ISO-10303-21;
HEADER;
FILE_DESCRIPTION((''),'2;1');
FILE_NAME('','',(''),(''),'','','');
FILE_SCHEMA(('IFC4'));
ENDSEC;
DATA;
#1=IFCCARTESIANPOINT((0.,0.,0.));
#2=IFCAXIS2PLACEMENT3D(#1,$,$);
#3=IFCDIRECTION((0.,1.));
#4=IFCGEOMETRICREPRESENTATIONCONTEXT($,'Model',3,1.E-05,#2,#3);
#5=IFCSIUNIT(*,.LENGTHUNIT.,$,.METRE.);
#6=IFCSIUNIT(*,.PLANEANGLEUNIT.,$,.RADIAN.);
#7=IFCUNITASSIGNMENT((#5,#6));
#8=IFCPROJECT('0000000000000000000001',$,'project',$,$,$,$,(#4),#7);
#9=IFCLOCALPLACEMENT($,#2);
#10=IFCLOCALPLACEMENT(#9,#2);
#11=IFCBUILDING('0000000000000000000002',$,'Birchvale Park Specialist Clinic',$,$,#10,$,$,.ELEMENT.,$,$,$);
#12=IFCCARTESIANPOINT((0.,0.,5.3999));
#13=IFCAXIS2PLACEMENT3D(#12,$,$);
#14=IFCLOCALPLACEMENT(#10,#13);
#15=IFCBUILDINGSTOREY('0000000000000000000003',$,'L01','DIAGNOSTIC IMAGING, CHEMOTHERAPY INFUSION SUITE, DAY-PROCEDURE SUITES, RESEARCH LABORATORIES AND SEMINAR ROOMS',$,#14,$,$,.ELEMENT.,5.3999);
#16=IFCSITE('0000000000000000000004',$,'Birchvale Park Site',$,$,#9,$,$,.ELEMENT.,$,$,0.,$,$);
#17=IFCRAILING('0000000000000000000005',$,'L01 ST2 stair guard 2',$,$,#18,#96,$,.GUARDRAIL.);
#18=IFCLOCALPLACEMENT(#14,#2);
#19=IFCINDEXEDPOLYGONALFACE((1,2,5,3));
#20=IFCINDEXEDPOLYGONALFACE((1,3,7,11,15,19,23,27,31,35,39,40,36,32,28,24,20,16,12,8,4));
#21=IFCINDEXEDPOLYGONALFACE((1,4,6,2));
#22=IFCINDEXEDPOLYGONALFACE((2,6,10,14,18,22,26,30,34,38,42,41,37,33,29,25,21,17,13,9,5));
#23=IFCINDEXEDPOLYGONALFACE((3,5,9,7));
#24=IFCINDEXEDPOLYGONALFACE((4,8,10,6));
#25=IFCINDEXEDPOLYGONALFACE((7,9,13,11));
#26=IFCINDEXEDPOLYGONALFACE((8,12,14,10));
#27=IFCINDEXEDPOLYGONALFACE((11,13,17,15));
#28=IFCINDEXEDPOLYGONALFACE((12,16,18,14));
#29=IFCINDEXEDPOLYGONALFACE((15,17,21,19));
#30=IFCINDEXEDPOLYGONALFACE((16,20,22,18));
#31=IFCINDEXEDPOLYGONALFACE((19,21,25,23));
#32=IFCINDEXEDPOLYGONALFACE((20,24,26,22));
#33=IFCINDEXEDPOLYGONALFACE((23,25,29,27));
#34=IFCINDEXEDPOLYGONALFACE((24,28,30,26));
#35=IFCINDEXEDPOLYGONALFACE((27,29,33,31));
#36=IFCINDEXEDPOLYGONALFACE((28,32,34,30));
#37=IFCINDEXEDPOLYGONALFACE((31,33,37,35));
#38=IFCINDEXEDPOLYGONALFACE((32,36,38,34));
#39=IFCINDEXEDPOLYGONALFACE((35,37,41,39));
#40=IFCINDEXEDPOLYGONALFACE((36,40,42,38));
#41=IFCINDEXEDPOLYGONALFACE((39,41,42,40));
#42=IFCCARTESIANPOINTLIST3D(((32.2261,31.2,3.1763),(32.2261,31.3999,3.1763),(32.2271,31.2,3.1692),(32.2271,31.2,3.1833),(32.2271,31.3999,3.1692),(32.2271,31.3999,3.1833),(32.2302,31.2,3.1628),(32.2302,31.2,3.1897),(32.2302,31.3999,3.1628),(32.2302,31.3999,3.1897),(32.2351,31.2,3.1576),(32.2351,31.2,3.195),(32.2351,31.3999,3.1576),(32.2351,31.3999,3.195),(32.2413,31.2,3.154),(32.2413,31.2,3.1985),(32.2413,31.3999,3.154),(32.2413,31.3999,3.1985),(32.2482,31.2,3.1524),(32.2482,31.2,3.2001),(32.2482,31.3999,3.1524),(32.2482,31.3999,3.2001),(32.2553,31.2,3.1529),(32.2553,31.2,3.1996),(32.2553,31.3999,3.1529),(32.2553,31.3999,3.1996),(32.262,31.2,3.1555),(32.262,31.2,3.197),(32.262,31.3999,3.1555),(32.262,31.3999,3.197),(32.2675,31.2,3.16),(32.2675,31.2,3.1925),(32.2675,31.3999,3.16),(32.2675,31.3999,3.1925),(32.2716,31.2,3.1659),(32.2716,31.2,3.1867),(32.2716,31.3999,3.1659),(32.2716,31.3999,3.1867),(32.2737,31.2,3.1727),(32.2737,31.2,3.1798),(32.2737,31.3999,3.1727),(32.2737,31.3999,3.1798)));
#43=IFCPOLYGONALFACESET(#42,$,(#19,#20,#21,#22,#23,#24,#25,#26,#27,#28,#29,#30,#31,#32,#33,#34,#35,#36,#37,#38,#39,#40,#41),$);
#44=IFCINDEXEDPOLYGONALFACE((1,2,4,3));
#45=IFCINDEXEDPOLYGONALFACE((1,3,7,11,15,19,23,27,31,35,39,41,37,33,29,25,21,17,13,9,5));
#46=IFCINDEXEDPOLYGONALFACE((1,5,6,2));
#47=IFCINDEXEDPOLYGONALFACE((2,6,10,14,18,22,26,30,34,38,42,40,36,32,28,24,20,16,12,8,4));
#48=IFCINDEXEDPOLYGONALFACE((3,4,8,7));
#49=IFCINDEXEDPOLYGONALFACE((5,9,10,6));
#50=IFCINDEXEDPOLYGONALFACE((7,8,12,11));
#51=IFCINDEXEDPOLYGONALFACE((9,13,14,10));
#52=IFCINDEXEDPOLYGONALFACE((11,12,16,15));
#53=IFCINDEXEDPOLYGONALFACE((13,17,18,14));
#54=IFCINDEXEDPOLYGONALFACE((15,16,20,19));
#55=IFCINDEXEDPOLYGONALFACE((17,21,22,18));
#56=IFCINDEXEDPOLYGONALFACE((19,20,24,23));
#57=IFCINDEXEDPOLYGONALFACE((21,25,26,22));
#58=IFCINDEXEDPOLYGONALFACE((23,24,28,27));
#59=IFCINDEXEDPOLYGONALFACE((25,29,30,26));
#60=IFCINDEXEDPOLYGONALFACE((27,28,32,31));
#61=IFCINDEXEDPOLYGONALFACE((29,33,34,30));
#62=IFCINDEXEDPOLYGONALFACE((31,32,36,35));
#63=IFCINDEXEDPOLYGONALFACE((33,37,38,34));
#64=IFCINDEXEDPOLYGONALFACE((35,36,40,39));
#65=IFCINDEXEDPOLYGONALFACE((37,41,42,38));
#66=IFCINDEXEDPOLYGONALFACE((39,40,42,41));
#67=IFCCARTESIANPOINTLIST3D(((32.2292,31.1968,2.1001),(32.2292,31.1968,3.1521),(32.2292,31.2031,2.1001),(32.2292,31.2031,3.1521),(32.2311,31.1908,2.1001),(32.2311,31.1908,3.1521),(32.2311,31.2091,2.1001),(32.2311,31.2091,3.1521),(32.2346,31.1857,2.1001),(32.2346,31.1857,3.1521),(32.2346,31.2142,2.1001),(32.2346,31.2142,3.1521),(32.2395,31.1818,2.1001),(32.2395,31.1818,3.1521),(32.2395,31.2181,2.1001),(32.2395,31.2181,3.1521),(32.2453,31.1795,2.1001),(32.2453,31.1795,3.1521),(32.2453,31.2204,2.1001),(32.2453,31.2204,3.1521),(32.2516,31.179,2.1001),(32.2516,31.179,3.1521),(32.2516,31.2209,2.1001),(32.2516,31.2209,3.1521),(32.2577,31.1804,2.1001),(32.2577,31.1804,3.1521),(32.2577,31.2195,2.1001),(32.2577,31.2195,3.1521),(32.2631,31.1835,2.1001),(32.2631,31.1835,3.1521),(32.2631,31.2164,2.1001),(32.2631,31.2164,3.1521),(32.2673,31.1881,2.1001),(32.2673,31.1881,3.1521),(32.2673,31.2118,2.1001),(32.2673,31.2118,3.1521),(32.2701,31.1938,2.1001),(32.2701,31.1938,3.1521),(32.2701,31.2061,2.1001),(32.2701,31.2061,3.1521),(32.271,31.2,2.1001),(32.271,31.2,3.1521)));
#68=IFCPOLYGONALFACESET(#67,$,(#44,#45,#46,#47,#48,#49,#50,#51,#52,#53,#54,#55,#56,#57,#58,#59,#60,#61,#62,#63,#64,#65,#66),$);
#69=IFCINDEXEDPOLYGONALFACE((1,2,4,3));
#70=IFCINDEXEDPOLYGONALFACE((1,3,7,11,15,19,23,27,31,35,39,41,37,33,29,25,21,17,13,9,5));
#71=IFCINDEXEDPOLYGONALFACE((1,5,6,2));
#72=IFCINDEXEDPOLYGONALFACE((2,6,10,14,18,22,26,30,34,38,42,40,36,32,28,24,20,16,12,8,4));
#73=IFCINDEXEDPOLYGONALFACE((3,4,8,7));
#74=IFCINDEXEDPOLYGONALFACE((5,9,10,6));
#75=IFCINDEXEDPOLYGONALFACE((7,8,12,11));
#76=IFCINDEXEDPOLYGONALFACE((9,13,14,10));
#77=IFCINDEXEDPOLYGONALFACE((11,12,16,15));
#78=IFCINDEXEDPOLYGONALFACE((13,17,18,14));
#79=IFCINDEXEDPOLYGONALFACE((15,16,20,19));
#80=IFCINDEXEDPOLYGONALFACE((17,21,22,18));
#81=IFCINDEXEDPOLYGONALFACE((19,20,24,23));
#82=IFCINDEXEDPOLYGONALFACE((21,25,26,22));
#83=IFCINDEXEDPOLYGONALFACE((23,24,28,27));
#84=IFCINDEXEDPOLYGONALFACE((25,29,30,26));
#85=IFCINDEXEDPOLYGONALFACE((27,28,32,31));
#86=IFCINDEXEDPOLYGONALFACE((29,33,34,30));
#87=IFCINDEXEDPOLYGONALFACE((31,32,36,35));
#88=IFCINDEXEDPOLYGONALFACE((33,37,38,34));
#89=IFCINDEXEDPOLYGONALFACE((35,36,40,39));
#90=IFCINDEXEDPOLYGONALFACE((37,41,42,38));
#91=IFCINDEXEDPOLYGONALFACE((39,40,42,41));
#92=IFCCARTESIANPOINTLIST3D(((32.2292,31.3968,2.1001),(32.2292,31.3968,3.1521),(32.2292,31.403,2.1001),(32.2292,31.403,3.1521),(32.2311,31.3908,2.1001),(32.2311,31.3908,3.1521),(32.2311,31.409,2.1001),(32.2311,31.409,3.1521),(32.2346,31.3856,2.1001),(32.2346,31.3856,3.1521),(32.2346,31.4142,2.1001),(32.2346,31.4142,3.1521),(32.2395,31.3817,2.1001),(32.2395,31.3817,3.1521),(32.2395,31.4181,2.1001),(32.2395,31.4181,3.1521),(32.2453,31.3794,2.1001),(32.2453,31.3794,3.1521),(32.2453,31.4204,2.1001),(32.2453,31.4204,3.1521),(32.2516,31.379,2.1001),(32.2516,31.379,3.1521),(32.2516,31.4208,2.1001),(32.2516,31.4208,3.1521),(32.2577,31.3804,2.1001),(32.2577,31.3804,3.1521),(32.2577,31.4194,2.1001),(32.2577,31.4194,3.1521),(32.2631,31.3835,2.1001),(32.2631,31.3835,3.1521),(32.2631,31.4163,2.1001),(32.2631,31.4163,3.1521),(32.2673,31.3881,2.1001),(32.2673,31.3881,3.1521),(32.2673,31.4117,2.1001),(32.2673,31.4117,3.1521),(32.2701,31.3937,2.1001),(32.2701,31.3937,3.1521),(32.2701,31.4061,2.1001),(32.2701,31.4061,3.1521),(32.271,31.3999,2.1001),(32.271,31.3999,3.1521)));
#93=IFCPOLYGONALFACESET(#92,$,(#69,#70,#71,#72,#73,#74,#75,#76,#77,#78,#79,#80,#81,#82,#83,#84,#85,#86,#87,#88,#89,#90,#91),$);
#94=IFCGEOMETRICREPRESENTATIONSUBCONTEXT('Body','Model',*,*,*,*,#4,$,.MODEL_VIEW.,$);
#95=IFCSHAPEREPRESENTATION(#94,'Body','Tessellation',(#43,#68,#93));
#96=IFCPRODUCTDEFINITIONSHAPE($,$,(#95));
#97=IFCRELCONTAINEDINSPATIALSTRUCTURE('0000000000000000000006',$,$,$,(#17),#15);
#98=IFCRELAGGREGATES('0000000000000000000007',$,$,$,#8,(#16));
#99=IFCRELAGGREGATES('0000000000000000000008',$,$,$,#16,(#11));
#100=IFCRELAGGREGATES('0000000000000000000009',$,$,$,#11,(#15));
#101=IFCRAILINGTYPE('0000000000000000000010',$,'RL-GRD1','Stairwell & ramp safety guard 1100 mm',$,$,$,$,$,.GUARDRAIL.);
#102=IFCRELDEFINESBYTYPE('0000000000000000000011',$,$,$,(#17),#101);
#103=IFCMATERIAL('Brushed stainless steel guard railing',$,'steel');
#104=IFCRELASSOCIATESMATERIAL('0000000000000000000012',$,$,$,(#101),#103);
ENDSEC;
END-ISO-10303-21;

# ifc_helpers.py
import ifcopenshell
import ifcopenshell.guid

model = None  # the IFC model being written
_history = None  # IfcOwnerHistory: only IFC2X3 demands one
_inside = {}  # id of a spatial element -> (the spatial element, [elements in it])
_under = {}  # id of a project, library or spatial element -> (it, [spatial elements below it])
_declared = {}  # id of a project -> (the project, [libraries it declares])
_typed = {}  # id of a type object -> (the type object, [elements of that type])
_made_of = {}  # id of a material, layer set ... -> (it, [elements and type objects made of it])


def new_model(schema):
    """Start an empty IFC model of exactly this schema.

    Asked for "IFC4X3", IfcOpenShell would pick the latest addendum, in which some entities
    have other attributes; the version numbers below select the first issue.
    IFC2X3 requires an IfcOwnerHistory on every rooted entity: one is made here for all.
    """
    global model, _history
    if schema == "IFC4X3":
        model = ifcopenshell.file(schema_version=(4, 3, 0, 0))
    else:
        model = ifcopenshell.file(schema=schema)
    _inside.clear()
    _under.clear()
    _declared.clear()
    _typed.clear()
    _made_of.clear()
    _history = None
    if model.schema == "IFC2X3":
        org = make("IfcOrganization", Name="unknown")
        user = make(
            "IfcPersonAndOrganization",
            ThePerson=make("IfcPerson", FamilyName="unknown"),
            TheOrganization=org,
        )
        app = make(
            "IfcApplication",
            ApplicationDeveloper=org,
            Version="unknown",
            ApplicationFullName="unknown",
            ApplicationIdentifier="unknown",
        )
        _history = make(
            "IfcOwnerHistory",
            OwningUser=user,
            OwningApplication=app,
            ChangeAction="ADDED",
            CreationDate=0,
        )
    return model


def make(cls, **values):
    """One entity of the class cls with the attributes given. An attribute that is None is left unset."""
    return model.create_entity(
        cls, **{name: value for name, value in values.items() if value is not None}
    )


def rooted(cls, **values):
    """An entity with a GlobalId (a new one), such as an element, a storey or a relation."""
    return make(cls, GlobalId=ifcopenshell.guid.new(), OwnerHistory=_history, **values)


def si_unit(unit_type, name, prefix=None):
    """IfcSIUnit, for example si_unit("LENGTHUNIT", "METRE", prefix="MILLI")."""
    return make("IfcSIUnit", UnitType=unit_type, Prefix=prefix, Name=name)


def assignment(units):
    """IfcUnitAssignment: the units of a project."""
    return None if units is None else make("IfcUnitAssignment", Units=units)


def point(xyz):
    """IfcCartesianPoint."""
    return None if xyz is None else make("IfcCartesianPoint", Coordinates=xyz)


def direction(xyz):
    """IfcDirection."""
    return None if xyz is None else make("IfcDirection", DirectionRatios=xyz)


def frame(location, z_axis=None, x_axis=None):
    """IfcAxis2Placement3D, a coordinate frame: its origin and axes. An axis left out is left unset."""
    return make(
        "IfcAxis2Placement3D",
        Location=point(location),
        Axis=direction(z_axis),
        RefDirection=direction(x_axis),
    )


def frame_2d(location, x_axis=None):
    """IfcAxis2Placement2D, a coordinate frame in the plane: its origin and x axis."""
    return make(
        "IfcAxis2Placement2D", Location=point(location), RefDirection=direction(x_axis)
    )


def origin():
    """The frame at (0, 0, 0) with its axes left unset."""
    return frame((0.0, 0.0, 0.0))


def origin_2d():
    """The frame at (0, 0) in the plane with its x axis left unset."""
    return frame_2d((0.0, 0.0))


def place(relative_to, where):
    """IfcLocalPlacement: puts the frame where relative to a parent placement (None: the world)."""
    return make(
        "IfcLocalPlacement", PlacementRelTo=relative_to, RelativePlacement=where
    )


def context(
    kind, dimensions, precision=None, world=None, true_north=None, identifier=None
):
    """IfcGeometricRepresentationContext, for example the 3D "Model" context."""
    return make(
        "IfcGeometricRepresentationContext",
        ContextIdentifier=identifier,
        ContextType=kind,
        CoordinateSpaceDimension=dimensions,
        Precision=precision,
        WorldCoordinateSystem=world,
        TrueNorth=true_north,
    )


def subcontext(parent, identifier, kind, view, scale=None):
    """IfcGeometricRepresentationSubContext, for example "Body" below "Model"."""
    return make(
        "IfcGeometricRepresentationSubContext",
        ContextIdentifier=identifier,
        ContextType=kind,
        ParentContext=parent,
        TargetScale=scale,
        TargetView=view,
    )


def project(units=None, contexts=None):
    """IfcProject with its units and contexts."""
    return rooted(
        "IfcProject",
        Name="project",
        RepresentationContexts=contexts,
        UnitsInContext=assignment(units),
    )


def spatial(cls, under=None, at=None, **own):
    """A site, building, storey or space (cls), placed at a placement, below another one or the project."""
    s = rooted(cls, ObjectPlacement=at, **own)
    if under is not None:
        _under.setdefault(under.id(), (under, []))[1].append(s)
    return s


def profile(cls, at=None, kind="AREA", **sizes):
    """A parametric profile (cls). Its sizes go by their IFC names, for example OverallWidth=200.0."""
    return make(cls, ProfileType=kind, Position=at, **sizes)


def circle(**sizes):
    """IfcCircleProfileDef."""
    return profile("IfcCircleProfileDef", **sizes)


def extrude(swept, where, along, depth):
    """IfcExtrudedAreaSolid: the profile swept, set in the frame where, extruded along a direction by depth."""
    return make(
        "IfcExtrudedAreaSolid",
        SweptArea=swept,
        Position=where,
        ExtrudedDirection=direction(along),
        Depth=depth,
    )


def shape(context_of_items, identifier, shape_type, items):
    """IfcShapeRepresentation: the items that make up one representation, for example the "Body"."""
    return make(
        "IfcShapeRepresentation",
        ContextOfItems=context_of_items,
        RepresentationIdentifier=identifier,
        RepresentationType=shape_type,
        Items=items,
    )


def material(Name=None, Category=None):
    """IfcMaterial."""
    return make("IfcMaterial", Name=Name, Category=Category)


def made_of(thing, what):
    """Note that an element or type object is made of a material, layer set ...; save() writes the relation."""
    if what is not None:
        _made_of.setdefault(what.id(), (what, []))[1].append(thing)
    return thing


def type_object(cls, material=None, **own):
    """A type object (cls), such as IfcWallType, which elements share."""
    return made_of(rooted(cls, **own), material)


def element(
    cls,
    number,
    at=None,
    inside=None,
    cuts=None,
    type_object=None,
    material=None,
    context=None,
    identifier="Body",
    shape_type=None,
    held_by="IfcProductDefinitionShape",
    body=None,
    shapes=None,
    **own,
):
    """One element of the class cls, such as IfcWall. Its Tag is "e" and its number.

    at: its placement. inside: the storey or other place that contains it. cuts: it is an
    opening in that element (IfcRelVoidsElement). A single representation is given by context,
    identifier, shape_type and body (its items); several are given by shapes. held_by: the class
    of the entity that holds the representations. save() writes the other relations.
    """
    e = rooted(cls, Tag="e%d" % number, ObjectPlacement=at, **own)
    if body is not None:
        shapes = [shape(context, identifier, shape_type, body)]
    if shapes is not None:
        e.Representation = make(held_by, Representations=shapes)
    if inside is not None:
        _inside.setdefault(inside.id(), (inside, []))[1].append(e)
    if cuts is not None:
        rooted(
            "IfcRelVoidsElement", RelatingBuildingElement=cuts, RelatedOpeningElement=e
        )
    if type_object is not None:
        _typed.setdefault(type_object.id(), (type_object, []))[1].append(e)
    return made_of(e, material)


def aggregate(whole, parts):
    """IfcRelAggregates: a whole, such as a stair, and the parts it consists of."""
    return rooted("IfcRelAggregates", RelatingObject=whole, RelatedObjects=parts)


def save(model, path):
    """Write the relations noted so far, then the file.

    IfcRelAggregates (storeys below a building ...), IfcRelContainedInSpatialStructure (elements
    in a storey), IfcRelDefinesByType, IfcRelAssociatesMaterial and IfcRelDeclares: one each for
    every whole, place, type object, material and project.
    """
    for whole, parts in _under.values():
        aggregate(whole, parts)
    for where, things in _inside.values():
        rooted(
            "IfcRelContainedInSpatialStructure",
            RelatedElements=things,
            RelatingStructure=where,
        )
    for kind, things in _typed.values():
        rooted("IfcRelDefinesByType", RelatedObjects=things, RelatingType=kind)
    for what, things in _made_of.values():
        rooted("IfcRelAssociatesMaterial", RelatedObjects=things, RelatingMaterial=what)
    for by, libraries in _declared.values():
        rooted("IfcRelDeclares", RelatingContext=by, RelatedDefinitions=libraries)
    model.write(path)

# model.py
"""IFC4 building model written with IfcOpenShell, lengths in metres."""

from ifc_helpers import new_model, si_unit, direction, frame, origin, origin_2d, place, context, subcontext, project, spatial, circle, extrude, material, type_object, element, save


model = new_model("IFC4")

# Units and contexts
model_context = context("Model", 3, precision=1e-05, world=origin(), true_north=direction((0.0, 1.0)))
body_context = subcontext(model_context, "Body", "Model", "MODEL_VIEW")
ifc_project = project(units=[si_unit("LENGTHUNIT", "METRE"), si_unit("PLANEANGLEUNIT", "RADIAN")], contexts=[model_context])

# Site, building, storey
site_placement = place(None, origin())
site = spatial("IfcSite", under=ifc_project, at=site_placement, Name="Birchvale Park Site", CompositionType="ELEMENT", RefElevation=0.0)
building_placement = place(site_placement, origin())
building = spatial("IfcBuilding", under=site, at=building_placement, Name="Birchvale Park Specialist Clinic", CompositionType="ELEMENT")
storey_placement = place(building_placement, frame((0.0, 0.0, 5.3999)))
storey = spatial("IfcBuildingStorey", under=building, at=storey_placement, Name="L01", Description="DIAGNOSTIC IMAGING, CHEMOTHERAPY INFUSION SUITE, DAY-PROCEDURE SUITES, RESEARCH LABORATORIES AND SEMINAR ROOMS", CompositionType="ELEMENT", Elevation=5.3999)

# Railing
ifc_material_1 = material(Name="Brushed stainless steel guard railing", Category="steel")
railing_type_1 = type_object("IfcRailingType", Name="RL-GRD1", Description="Stairwell & ramp safety guard 1100 mm", PredefinedType="GUARDRAIL", material=ifc_material_1)
railing_1_placement = place(storey_placement, frame((32.25, 31.2, 2.1001)))
element("IfcRailing", 1, at=railing_1_placement, inside=storey, type_object=railing_type_1, Name="L01 ST2 stair guard 2", PredefinedType="GUARDRAIL", context=body_context, shape_type="SweptSolid", body=[
    extrude(circle(Radius=0.0239, at=origin_2d()), frame((0.0, 0.0, 1.0762), z_axis=(0.0, 1.0, 0.0), x_axis=(-1.0, 0.0, 0.0)), (0.0, 0.0, 1.0), 0.2),
    extrude(circle(Radius=0.021, at=origin_2d()), origin(), (0.0, 0.0, 1.0), 1.052),
    extrude(circle(Radius=0.021, at=origin_2d()), frame((0.0, 0.2, 0.0)), (0.0, 0.0, 1.0), 1.052),
])

save(model, "model.ifc")
